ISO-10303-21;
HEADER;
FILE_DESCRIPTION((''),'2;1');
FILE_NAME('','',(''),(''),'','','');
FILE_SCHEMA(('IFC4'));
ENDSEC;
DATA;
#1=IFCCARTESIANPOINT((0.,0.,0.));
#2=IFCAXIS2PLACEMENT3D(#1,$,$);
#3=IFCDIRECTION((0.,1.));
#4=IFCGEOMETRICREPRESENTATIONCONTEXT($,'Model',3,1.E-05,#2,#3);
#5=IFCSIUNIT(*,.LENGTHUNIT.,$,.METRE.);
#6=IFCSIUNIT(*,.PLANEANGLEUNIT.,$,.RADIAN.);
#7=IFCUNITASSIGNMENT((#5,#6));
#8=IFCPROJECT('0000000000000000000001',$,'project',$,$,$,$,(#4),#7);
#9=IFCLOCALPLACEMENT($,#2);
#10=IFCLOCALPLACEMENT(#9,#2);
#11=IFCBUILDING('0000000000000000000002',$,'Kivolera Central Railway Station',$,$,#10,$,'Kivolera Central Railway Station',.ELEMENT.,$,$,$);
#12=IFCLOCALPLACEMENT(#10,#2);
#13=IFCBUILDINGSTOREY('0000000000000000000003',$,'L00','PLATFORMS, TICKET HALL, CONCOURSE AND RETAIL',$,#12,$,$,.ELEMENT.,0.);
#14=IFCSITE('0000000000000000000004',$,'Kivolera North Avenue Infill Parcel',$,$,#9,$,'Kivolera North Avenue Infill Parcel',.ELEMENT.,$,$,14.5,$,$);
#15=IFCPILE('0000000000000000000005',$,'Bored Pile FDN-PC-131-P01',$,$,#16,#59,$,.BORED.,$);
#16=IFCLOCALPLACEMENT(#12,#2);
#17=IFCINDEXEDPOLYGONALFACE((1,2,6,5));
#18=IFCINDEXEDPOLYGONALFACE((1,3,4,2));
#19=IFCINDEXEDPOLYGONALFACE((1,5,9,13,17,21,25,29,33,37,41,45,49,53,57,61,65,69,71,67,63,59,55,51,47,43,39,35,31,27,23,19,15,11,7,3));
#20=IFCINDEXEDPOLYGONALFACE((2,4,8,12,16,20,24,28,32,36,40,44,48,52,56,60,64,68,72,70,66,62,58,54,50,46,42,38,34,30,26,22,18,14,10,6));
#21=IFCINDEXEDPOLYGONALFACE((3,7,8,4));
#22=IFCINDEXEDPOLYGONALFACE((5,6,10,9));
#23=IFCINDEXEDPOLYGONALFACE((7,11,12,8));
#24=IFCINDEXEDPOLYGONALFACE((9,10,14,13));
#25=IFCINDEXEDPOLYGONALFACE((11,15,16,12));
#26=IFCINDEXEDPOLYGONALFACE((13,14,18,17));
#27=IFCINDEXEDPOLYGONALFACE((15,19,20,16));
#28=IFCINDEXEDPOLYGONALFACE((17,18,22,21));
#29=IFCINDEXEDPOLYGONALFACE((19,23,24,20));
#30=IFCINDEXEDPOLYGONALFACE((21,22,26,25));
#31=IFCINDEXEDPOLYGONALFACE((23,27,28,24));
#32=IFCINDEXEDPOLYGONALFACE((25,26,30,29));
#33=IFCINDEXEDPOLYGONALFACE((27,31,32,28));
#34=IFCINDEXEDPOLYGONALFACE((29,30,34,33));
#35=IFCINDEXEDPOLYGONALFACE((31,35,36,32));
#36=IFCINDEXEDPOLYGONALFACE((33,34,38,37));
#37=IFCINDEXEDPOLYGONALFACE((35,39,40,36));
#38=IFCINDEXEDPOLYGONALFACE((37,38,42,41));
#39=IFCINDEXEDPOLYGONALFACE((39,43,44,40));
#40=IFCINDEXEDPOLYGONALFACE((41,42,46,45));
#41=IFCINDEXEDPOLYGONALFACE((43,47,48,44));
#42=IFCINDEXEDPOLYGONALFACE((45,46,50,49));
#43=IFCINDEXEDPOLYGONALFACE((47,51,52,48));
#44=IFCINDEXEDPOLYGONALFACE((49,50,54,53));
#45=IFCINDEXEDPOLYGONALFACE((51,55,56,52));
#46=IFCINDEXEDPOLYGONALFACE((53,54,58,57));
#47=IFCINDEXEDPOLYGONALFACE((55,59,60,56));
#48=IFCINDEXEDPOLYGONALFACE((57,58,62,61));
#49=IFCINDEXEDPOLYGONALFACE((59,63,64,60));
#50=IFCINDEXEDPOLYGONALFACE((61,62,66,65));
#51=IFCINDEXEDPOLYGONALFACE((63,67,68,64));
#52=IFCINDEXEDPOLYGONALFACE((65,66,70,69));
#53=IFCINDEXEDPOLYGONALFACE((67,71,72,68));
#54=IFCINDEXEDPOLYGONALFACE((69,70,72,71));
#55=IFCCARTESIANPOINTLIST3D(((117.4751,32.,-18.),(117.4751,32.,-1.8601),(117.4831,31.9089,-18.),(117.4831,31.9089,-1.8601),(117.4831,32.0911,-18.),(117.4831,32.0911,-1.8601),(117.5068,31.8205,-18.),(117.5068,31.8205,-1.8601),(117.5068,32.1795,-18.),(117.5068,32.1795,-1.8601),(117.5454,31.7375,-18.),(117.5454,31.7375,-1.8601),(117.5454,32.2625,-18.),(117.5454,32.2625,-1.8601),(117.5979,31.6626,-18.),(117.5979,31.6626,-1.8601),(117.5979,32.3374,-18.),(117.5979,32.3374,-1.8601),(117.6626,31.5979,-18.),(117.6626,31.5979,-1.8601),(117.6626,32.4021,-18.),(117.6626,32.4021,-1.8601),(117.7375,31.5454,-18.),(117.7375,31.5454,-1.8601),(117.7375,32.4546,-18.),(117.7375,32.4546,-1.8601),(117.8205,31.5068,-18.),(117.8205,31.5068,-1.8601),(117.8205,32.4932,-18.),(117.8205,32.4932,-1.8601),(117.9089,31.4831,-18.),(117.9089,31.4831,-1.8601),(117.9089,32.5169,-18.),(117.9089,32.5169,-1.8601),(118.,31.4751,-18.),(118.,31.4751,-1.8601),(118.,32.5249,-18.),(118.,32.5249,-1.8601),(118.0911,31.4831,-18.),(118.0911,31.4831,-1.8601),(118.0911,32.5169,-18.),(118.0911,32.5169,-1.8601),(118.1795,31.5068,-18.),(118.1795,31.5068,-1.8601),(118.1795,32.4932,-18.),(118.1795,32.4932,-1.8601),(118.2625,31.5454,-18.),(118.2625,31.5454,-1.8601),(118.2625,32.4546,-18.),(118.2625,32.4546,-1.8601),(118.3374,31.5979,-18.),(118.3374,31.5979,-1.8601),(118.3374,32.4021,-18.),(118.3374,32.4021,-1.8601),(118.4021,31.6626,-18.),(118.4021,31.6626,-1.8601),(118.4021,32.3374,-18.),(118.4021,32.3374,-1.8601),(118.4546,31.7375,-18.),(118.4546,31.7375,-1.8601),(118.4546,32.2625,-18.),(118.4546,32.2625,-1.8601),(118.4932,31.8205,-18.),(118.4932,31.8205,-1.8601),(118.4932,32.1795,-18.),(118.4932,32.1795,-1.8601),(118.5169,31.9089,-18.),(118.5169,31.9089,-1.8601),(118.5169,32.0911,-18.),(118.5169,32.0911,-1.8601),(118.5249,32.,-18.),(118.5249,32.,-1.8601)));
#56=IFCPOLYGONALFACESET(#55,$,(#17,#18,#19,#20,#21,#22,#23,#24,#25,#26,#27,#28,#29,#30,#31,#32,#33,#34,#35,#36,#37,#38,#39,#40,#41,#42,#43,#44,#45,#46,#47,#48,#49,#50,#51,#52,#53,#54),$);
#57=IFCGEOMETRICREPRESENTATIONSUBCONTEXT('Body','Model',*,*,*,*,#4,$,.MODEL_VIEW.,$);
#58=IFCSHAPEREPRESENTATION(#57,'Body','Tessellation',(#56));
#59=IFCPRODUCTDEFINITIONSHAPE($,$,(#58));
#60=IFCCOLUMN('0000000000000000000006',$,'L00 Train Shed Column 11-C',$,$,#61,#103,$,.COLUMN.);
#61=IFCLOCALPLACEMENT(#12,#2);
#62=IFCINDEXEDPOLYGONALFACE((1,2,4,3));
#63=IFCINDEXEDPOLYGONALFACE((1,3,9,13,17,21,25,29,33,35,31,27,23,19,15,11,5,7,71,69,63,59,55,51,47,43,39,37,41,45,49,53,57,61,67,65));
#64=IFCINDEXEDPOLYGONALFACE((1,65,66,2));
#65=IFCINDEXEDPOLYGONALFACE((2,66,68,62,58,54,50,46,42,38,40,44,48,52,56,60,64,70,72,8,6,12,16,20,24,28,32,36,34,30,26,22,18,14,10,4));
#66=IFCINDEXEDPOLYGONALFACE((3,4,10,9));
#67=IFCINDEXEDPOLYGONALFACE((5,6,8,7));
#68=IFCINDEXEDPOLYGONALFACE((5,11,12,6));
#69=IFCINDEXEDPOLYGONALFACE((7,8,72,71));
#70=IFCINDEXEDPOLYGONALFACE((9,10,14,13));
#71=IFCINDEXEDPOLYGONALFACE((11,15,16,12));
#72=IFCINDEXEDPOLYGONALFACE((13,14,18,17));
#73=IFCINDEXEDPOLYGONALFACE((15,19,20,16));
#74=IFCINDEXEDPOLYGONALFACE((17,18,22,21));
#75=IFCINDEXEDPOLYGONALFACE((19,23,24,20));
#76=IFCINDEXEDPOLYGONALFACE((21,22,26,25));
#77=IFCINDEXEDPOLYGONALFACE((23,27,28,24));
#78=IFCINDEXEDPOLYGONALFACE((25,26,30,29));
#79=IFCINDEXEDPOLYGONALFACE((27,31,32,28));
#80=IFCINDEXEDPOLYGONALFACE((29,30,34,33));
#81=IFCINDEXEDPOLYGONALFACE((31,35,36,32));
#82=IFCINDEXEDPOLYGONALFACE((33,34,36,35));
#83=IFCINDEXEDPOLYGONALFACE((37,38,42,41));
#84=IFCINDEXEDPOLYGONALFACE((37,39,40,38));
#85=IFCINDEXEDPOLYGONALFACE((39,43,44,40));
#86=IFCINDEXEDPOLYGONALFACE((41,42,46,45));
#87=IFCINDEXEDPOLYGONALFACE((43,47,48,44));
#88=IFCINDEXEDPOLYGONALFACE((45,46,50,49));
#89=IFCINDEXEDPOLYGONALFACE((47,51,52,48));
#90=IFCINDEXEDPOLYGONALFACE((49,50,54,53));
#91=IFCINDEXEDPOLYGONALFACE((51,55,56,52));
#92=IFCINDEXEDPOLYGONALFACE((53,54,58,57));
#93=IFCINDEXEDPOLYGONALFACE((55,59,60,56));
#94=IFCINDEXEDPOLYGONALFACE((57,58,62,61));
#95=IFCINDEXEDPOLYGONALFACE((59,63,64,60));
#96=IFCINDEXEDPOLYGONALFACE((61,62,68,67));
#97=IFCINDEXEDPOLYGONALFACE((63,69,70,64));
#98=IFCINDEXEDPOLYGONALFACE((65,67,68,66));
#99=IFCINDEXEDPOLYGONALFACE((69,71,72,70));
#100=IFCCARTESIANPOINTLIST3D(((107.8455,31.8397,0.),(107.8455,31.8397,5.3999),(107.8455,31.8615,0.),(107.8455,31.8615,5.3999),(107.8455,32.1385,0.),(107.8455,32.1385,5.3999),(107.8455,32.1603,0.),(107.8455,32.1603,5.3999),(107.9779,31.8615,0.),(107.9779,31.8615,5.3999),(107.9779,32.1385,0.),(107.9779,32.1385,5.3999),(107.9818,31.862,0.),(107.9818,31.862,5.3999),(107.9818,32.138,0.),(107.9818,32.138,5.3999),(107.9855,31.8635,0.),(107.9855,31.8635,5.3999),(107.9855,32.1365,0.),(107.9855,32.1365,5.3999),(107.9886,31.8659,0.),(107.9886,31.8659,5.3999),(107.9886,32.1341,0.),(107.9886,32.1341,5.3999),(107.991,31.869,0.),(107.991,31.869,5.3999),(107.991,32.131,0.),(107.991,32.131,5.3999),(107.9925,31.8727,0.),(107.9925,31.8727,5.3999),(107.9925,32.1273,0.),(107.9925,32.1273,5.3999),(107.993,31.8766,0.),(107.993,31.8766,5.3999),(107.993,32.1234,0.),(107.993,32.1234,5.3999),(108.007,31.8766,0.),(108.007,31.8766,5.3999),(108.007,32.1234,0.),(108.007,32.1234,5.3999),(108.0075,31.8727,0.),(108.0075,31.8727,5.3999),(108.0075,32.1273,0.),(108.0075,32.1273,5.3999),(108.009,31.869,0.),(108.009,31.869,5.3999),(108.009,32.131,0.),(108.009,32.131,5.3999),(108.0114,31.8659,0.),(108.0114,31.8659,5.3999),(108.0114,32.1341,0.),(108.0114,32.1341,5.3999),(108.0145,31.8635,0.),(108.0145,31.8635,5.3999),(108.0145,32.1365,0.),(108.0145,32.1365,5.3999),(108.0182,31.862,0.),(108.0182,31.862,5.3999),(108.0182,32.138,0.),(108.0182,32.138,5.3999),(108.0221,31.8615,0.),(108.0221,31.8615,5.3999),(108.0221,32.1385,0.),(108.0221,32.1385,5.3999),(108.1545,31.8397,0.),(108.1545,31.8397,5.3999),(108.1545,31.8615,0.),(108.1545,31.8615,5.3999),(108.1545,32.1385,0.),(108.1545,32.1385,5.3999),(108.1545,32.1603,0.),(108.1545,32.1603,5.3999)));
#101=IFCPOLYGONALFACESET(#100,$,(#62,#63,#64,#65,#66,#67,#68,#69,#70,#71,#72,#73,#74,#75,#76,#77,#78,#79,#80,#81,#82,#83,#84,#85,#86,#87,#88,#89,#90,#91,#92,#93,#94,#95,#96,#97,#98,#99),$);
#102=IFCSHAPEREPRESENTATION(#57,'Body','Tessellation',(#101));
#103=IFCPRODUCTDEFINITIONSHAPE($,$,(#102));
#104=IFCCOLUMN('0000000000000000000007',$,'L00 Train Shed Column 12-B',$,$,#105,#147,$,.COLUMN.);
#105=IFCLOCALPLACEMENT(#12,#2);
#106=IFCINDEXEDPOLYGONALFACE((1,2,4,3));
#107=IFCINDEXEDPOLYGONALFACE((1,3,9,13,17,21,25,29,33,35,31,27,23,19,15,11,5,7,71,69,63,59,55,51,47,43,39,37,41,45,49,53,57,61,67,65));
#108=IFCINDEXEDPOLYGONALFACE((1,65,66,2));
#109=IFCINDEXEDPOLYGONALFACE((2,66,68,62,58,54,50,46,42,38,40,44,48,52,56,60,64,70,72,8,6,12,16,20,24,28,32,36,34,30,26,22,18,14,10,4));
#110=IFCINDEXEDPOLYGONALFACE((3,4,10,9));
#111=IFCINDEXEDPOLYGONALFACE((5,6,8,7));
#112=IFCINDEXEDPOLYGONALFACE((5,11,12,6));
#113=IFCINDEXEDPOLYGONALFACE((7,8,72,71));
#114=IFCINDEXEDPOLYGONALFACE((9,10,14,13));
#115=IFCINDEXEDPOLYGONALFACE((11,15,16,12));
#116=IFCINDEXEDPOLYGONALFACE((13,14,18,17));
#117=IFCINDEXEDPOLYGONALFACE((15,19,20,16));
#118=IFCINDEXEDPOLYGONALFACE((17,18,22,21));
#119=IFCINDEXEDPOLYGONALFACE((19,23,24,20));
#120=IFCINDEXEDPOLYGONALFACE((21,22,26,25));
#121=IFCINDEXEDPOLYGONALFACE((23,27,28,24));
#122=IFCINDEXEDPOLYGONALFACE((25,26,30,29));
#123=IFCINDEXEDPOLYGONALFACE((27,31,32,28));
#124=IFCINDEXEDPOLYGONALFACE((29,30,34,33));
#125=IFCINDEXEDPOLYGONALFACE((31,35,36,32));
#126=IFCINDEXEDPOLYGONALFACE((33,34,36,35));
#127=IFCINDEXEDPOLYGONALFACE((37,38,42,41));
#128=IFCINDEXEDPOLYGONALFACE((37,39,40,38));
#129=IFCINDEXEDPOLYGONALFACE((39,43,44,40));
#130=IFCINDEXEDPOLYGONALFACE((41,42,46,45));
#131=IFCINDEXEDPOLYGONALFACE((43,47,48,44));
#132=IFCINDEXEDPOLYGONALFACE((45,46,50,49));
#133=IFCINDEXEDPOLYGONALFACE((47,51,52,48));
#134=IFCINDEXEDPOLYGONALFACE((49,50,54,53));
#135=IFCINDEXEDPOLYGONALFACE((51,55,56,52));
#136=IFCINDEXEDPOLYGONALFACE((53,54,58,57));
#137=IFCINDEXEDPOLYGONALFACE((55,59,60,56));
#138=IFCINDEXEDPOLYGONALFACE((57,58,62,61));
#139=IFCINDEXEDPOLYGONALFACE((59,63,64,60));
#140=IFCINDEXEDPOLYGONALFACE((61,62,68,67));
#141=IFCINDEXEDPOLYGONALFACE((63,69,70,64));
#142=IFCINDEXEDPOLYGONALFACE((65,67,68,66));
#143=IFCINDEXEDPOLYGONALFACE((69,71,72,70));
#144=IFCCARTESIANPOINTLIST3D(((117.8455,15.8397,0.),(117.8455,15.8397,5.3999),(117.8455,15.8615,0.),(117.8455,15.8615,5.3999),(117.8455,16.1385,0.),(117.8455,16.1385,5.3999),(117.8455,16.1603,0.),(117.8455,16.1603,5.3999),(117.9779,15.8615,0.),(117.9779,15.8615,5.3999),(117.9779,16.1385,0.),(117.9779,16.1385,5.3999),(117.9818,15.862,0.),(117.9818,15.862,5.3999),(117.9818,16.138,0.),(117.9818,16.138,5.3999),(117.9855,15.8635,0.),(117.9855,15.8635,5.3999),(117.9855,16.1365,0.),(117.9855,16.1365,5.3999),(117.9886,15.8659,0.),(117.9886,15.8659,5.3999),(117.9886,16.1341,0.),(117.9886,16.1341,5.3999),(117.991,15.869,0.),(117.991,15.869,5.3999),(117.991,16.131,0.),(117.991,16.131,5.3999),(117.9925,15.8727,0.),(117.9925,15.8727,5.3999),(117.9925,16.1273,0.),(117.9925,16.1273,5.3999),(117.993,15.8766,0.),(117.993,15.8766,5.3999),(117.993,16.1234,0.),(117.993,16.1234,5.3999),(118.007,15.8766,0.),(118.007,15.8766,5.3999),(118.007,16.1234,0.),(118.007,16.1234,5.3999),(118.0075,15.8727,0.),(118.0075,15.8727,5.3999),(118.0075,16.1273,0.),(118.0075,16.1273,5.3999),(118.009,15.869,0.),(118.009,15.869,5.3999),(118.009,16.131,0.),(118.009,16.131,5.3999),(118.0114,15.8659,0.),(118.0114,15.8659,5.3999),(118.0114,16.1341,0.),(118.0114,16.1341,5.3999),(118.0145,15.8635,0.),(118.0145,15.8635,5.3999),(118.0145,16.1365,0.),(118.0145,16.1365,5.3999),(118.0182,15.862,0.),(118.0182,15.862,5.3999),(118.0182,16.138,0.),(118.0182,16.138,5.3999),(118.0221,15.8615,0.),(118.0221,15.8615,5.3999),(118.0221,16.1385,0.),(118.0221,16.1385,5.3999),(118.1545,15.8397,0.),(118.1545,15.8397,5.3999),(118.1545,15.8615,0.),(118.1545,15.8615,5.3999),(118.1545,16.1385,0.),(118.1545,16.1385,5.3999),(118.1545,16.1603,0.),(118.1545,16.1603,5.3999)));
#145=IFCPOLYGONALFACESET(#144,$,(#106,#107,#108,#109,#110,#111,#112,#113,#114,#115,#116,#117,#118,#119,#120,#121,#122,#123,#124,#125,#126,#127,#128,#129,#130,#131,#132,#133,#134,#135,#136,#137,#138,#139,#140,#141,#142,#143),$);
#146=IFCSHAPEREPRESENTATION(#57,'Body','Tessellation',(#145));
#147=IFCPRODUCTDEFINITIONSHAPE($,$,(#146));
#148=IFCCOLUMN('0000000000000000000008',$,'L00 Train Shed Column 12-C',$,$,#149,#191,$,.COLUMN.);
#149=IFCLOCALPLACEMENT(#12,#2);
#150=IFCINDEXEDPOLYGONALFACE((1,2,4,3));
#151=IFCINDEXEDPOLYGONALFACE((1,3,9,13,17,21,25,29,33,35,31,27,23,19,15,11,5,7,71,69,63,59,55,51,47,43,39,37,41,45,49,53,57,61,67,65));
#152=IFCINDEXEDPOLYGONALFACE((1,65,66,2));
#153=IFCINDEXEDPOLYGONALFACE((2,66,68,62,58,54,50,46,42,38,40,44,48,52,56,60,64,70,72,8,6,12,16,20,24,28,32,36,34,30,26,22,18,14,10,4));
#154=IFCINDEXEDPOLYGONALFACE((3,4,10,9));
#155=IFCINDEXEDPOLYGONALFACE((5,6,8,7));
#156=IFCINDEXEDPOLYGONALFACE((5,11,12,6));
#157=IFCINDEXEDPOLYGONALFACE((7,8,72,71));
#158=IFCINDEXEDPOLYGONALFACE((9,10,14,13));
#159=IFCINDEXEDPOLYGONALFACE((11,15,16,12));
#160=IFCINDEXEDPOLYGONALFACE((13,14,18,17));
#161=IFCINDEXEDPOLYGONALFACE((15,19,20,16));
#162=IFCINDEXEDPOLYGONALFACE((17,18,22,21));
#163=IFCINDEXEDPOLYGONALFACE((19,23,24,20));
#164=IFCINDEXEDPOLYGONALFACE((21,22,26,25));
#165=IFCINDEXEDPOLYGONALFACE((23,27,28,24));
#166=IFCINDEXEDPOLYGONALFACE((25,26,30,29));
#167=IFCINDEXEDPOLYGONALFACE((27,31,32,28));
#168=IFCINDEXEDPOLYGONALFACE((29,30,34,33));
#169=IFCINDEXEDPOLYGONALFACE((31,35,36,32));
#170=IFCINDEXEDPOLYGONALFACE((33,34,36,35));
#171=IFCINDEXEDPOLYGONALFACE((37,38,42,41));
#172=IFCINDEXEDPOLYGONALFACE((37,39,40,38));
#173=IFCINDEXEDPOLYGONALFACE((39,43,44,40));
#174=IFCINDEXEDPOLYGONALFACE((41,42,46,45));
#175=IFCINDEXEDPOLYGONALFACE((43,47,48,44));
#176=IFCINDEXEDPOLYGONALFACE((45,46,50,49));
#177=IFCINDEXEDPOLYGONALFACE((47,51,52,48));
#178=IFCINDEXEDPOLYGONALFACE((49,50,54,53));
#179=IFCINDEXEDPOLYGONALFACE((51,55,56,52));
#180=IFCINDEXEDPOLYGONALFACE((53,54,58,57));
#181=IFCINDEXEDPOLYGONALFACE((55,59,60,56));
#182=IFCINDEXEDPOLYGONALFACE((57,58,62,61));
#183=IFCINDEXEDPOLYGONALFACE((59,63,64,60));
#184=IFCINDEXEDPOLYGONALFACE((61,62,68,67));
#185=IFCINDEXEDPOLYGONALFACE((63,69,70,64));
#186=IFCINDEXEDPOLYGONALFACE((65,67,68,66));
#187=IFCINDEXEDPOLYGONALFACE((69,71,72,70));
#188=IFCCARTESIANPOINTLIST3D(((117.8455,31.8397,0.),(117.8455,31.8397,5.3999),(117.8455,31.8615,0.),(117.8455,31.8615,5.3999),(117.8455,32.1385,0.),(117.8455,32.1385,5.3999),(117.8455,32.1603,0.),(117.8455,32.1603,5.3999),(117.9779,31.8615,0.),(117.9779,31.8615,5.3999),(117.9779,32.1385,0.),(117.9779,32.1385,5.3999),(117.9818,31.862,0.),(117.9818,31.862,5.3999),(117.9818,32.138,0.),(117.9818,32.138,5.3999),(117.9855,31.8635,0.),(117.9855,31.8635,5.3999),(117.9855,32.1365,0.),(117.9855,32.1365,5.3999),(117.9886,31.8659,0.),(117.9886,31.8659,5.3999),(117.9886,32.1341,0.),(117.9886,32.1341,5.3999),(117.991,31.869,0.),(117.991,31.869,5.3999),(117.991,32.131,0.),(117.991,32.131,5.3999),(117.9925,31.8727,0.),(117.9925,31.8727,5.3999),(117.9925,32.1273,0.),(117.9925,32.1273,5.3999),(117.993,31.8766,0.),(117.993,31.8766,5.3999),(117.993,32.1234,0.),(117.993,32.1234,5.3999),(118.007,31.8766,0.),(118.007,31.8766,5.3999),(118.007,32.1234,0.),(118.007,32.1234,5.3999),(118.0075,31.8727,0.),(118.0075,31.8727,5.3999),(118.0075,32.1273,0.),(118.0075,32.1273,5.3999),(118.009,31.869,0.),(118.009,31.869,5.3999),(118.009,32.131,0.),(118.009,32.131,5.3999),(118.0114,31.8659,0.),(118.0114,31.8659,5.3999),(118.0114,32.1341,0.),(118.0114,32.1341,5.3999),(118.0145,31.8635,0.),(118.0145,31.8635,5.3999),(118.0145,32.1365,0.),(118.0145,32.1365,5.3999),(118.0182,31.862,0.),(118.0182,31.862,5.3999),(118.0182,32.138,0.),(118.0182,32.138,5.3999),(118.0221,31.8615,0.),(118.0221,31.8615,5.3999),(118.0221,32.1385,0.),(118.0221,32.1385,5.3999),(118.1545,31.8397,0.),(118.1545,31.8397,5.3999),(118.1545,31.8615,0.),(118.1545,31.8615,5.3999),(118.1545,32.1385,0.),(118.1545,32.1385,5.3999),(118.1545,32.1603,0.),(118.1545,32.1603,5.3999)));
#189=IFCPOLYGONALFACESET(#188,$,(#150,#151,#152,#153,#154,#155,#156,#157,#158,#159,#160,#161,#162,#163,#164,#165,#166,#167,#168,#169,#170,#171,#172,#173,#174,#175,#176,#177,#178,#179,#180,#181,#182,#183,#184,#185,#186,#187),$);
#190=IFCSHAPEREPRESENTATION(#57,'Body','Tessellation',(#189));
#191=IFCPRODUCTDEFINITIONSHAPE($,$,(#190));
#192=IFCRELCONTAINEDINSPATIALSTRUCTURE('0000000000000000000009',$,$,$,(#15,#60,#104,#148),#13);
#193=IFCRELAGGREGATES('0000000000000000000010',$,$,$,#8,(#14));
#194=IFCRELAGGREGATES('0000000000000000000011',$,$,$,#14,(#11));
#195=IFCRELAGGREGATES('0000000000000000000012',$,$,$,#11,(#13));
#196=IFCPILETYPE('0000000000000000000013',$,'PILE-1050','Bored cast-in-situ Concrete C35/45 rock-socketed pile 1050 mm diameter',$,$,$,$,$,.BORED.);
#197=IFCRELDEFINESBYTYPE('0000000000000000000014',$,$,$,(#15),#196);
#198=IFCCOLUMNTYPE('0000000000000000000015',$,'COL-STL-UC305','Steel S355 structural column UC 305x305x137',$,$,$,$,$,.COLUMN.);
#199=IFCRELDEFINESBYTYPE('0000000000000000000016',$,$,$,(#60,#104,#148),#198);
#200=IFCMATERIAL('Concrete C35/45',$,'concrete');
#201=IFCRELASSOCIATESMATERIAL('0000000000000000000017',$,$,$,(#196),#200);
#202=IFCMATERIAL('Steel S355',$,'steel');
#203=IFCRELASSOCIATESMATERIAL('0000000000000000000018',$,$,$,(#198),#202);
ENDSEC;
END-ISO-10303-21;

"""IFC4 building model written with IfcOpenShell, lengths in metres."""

from ifc_helpers import new_model, si_unit, direction, frame, origin, origin_2d, place, context, subcontext, project, spatial, circle, i_section, extrude, material, material_profile, profile_set, type_object, element, save


model = new_model("IFC4")

# Units and contexts
model_context = context("Model", 3, precision=1e-05, world=origin(), true_north=direction((0.0, 1.0)))
body_context = subcontext(model_context, "Body", "Model", "MODEL_VIEW")
ifc_project = project(units=[si_unit("LENGTHUNIT", "METRE"), si_unit("PLANEANGLEUNIT", "RADIAN")], contexts=[model_context])

# Site, building, storey
site_placement = place(None, origin())
site = spatial("IfcSite", under=ifc_project, at=site_placement, Name="Kivolera North Avenue Infill Parcel", LongName="Kivolera North Avenue Infill Parcel", CompositionType="ELEMENT", RefElevation=14.5)
building_placement = place(site_placement, origin())
building = spatial("IfcBuilding", under=site, at=building_placement, Name="Kivolera Central Railway Station", LongName="Kivolera Central Railway Station", CompositionType="ELEMENT")
storey_placement = place(building_placement, origin())
storey = spatial("IfcBuildingStorey", under=building, at=storey_placement, Name="L00", Description="PLATFORMS, TICKET HALL, CONCOURSE AND RETAIL", CompositionType="ELEMENT", Elevation=0.0)

# Shared definitions
ifc_material_1 = material(Name="Concrete C35/45", Category="concrete")

# Pile
ifc_material_profile_1 = material_profile(ifc_material_1, circle(Radius=0.5249, at=origin_2d()), Name="PILE D1050")
ifc_profile_set_1 = profile_set([ifc_material_profile_1], Name="Concrete C35/45")
pile_type = type_object("IfcPileType", Name="PILE-1050", Description="Bored cast-in-situ Concrete C35/45 rock-socketed pile 1050 mm diameter", PredefinedType="BORED", material=ifc_profile_set_1)
for number, where, z_axis, x_axis, name in (
    (1, (118.0, 32.0, -1.8601), (0.0, 0.0, -1.0), (1.0, 0.0, 0.0), "Bored Pile FDN-PC-131-P01"),
):
    element("IfcPile", number, at=place(storey_placement, frame(where, z_axis=z_axis, x_axis=x_axis)), inside=storey, type_object=pile_type, Name=name, PredefinedType="BORED", context=body_context, shape_type="SweptSolid", body=[
        extrude(circle(Radius=0.5249, at=origin_2d()), origin(), (0.0, 0.0, 1.0), 16.1399),
    ])

# Columns
ifc_material_2 = material(Name="Steel S355", Category="steel")
ifc_material_profile_2 = material_profile(ifc_material_2, i_section(OverallWidth=0.3091, OverallDepth=0.3206, WebThickness=0.0139, FlangeThickness=0.0217, FilletRadius=0.0151, at=origin_2d()), Name="UC 305x305x137")
ifc_profile_set_2 = profile_set([ifc_material_profile_2], Name="Steel S355")
column_type = type_object("IfcColumnType", Name="COL-STL-UC305", Description="Steel S355 structural column UC 305x305x137", PredefinedType="COLUMN", material=ifc_profile_set_2)
for number, where, z_axis, x_axis, name in (
    (2, (108.0, 32.0, 0.0), (0.0, 0.0, 1.0), (1.0, 0.0, 0.0), "L00 Train Shed Column 11-C"),
    (3, (118.0, 16.0, 0.0), (0.0, 0.0, 1.0), (1.0, 0.0, 0.0), "L00 Train Shed Column 12-B"),
    (4, (118.0, 32.0, 0.0), (0.0, 0.0, 1.0), (1.0, 0.0, 0.0), "L00 Train Shed Column 12-C"),
):
    element("IfcColumn", number, at=place(storey_placement, frame(where, z_axis=z_axis, x_axis=x_axis)), inside=storey, type_object=column_type, Name=name, PredefinedType="COLUMN", context=body_context, shape_type="SweptSolid", body=[
        extrude(i_section(OverallWidth=0.3091, OverallDepth=0.3206, WebThickness=0.0139, FlangeThickness=0.0217, FilletRadius=0.0151, at=origin_2d()), origin(), (0.0, 0.0, 1.0), 5.3999),
    ])

save(model, "model.ifc")
